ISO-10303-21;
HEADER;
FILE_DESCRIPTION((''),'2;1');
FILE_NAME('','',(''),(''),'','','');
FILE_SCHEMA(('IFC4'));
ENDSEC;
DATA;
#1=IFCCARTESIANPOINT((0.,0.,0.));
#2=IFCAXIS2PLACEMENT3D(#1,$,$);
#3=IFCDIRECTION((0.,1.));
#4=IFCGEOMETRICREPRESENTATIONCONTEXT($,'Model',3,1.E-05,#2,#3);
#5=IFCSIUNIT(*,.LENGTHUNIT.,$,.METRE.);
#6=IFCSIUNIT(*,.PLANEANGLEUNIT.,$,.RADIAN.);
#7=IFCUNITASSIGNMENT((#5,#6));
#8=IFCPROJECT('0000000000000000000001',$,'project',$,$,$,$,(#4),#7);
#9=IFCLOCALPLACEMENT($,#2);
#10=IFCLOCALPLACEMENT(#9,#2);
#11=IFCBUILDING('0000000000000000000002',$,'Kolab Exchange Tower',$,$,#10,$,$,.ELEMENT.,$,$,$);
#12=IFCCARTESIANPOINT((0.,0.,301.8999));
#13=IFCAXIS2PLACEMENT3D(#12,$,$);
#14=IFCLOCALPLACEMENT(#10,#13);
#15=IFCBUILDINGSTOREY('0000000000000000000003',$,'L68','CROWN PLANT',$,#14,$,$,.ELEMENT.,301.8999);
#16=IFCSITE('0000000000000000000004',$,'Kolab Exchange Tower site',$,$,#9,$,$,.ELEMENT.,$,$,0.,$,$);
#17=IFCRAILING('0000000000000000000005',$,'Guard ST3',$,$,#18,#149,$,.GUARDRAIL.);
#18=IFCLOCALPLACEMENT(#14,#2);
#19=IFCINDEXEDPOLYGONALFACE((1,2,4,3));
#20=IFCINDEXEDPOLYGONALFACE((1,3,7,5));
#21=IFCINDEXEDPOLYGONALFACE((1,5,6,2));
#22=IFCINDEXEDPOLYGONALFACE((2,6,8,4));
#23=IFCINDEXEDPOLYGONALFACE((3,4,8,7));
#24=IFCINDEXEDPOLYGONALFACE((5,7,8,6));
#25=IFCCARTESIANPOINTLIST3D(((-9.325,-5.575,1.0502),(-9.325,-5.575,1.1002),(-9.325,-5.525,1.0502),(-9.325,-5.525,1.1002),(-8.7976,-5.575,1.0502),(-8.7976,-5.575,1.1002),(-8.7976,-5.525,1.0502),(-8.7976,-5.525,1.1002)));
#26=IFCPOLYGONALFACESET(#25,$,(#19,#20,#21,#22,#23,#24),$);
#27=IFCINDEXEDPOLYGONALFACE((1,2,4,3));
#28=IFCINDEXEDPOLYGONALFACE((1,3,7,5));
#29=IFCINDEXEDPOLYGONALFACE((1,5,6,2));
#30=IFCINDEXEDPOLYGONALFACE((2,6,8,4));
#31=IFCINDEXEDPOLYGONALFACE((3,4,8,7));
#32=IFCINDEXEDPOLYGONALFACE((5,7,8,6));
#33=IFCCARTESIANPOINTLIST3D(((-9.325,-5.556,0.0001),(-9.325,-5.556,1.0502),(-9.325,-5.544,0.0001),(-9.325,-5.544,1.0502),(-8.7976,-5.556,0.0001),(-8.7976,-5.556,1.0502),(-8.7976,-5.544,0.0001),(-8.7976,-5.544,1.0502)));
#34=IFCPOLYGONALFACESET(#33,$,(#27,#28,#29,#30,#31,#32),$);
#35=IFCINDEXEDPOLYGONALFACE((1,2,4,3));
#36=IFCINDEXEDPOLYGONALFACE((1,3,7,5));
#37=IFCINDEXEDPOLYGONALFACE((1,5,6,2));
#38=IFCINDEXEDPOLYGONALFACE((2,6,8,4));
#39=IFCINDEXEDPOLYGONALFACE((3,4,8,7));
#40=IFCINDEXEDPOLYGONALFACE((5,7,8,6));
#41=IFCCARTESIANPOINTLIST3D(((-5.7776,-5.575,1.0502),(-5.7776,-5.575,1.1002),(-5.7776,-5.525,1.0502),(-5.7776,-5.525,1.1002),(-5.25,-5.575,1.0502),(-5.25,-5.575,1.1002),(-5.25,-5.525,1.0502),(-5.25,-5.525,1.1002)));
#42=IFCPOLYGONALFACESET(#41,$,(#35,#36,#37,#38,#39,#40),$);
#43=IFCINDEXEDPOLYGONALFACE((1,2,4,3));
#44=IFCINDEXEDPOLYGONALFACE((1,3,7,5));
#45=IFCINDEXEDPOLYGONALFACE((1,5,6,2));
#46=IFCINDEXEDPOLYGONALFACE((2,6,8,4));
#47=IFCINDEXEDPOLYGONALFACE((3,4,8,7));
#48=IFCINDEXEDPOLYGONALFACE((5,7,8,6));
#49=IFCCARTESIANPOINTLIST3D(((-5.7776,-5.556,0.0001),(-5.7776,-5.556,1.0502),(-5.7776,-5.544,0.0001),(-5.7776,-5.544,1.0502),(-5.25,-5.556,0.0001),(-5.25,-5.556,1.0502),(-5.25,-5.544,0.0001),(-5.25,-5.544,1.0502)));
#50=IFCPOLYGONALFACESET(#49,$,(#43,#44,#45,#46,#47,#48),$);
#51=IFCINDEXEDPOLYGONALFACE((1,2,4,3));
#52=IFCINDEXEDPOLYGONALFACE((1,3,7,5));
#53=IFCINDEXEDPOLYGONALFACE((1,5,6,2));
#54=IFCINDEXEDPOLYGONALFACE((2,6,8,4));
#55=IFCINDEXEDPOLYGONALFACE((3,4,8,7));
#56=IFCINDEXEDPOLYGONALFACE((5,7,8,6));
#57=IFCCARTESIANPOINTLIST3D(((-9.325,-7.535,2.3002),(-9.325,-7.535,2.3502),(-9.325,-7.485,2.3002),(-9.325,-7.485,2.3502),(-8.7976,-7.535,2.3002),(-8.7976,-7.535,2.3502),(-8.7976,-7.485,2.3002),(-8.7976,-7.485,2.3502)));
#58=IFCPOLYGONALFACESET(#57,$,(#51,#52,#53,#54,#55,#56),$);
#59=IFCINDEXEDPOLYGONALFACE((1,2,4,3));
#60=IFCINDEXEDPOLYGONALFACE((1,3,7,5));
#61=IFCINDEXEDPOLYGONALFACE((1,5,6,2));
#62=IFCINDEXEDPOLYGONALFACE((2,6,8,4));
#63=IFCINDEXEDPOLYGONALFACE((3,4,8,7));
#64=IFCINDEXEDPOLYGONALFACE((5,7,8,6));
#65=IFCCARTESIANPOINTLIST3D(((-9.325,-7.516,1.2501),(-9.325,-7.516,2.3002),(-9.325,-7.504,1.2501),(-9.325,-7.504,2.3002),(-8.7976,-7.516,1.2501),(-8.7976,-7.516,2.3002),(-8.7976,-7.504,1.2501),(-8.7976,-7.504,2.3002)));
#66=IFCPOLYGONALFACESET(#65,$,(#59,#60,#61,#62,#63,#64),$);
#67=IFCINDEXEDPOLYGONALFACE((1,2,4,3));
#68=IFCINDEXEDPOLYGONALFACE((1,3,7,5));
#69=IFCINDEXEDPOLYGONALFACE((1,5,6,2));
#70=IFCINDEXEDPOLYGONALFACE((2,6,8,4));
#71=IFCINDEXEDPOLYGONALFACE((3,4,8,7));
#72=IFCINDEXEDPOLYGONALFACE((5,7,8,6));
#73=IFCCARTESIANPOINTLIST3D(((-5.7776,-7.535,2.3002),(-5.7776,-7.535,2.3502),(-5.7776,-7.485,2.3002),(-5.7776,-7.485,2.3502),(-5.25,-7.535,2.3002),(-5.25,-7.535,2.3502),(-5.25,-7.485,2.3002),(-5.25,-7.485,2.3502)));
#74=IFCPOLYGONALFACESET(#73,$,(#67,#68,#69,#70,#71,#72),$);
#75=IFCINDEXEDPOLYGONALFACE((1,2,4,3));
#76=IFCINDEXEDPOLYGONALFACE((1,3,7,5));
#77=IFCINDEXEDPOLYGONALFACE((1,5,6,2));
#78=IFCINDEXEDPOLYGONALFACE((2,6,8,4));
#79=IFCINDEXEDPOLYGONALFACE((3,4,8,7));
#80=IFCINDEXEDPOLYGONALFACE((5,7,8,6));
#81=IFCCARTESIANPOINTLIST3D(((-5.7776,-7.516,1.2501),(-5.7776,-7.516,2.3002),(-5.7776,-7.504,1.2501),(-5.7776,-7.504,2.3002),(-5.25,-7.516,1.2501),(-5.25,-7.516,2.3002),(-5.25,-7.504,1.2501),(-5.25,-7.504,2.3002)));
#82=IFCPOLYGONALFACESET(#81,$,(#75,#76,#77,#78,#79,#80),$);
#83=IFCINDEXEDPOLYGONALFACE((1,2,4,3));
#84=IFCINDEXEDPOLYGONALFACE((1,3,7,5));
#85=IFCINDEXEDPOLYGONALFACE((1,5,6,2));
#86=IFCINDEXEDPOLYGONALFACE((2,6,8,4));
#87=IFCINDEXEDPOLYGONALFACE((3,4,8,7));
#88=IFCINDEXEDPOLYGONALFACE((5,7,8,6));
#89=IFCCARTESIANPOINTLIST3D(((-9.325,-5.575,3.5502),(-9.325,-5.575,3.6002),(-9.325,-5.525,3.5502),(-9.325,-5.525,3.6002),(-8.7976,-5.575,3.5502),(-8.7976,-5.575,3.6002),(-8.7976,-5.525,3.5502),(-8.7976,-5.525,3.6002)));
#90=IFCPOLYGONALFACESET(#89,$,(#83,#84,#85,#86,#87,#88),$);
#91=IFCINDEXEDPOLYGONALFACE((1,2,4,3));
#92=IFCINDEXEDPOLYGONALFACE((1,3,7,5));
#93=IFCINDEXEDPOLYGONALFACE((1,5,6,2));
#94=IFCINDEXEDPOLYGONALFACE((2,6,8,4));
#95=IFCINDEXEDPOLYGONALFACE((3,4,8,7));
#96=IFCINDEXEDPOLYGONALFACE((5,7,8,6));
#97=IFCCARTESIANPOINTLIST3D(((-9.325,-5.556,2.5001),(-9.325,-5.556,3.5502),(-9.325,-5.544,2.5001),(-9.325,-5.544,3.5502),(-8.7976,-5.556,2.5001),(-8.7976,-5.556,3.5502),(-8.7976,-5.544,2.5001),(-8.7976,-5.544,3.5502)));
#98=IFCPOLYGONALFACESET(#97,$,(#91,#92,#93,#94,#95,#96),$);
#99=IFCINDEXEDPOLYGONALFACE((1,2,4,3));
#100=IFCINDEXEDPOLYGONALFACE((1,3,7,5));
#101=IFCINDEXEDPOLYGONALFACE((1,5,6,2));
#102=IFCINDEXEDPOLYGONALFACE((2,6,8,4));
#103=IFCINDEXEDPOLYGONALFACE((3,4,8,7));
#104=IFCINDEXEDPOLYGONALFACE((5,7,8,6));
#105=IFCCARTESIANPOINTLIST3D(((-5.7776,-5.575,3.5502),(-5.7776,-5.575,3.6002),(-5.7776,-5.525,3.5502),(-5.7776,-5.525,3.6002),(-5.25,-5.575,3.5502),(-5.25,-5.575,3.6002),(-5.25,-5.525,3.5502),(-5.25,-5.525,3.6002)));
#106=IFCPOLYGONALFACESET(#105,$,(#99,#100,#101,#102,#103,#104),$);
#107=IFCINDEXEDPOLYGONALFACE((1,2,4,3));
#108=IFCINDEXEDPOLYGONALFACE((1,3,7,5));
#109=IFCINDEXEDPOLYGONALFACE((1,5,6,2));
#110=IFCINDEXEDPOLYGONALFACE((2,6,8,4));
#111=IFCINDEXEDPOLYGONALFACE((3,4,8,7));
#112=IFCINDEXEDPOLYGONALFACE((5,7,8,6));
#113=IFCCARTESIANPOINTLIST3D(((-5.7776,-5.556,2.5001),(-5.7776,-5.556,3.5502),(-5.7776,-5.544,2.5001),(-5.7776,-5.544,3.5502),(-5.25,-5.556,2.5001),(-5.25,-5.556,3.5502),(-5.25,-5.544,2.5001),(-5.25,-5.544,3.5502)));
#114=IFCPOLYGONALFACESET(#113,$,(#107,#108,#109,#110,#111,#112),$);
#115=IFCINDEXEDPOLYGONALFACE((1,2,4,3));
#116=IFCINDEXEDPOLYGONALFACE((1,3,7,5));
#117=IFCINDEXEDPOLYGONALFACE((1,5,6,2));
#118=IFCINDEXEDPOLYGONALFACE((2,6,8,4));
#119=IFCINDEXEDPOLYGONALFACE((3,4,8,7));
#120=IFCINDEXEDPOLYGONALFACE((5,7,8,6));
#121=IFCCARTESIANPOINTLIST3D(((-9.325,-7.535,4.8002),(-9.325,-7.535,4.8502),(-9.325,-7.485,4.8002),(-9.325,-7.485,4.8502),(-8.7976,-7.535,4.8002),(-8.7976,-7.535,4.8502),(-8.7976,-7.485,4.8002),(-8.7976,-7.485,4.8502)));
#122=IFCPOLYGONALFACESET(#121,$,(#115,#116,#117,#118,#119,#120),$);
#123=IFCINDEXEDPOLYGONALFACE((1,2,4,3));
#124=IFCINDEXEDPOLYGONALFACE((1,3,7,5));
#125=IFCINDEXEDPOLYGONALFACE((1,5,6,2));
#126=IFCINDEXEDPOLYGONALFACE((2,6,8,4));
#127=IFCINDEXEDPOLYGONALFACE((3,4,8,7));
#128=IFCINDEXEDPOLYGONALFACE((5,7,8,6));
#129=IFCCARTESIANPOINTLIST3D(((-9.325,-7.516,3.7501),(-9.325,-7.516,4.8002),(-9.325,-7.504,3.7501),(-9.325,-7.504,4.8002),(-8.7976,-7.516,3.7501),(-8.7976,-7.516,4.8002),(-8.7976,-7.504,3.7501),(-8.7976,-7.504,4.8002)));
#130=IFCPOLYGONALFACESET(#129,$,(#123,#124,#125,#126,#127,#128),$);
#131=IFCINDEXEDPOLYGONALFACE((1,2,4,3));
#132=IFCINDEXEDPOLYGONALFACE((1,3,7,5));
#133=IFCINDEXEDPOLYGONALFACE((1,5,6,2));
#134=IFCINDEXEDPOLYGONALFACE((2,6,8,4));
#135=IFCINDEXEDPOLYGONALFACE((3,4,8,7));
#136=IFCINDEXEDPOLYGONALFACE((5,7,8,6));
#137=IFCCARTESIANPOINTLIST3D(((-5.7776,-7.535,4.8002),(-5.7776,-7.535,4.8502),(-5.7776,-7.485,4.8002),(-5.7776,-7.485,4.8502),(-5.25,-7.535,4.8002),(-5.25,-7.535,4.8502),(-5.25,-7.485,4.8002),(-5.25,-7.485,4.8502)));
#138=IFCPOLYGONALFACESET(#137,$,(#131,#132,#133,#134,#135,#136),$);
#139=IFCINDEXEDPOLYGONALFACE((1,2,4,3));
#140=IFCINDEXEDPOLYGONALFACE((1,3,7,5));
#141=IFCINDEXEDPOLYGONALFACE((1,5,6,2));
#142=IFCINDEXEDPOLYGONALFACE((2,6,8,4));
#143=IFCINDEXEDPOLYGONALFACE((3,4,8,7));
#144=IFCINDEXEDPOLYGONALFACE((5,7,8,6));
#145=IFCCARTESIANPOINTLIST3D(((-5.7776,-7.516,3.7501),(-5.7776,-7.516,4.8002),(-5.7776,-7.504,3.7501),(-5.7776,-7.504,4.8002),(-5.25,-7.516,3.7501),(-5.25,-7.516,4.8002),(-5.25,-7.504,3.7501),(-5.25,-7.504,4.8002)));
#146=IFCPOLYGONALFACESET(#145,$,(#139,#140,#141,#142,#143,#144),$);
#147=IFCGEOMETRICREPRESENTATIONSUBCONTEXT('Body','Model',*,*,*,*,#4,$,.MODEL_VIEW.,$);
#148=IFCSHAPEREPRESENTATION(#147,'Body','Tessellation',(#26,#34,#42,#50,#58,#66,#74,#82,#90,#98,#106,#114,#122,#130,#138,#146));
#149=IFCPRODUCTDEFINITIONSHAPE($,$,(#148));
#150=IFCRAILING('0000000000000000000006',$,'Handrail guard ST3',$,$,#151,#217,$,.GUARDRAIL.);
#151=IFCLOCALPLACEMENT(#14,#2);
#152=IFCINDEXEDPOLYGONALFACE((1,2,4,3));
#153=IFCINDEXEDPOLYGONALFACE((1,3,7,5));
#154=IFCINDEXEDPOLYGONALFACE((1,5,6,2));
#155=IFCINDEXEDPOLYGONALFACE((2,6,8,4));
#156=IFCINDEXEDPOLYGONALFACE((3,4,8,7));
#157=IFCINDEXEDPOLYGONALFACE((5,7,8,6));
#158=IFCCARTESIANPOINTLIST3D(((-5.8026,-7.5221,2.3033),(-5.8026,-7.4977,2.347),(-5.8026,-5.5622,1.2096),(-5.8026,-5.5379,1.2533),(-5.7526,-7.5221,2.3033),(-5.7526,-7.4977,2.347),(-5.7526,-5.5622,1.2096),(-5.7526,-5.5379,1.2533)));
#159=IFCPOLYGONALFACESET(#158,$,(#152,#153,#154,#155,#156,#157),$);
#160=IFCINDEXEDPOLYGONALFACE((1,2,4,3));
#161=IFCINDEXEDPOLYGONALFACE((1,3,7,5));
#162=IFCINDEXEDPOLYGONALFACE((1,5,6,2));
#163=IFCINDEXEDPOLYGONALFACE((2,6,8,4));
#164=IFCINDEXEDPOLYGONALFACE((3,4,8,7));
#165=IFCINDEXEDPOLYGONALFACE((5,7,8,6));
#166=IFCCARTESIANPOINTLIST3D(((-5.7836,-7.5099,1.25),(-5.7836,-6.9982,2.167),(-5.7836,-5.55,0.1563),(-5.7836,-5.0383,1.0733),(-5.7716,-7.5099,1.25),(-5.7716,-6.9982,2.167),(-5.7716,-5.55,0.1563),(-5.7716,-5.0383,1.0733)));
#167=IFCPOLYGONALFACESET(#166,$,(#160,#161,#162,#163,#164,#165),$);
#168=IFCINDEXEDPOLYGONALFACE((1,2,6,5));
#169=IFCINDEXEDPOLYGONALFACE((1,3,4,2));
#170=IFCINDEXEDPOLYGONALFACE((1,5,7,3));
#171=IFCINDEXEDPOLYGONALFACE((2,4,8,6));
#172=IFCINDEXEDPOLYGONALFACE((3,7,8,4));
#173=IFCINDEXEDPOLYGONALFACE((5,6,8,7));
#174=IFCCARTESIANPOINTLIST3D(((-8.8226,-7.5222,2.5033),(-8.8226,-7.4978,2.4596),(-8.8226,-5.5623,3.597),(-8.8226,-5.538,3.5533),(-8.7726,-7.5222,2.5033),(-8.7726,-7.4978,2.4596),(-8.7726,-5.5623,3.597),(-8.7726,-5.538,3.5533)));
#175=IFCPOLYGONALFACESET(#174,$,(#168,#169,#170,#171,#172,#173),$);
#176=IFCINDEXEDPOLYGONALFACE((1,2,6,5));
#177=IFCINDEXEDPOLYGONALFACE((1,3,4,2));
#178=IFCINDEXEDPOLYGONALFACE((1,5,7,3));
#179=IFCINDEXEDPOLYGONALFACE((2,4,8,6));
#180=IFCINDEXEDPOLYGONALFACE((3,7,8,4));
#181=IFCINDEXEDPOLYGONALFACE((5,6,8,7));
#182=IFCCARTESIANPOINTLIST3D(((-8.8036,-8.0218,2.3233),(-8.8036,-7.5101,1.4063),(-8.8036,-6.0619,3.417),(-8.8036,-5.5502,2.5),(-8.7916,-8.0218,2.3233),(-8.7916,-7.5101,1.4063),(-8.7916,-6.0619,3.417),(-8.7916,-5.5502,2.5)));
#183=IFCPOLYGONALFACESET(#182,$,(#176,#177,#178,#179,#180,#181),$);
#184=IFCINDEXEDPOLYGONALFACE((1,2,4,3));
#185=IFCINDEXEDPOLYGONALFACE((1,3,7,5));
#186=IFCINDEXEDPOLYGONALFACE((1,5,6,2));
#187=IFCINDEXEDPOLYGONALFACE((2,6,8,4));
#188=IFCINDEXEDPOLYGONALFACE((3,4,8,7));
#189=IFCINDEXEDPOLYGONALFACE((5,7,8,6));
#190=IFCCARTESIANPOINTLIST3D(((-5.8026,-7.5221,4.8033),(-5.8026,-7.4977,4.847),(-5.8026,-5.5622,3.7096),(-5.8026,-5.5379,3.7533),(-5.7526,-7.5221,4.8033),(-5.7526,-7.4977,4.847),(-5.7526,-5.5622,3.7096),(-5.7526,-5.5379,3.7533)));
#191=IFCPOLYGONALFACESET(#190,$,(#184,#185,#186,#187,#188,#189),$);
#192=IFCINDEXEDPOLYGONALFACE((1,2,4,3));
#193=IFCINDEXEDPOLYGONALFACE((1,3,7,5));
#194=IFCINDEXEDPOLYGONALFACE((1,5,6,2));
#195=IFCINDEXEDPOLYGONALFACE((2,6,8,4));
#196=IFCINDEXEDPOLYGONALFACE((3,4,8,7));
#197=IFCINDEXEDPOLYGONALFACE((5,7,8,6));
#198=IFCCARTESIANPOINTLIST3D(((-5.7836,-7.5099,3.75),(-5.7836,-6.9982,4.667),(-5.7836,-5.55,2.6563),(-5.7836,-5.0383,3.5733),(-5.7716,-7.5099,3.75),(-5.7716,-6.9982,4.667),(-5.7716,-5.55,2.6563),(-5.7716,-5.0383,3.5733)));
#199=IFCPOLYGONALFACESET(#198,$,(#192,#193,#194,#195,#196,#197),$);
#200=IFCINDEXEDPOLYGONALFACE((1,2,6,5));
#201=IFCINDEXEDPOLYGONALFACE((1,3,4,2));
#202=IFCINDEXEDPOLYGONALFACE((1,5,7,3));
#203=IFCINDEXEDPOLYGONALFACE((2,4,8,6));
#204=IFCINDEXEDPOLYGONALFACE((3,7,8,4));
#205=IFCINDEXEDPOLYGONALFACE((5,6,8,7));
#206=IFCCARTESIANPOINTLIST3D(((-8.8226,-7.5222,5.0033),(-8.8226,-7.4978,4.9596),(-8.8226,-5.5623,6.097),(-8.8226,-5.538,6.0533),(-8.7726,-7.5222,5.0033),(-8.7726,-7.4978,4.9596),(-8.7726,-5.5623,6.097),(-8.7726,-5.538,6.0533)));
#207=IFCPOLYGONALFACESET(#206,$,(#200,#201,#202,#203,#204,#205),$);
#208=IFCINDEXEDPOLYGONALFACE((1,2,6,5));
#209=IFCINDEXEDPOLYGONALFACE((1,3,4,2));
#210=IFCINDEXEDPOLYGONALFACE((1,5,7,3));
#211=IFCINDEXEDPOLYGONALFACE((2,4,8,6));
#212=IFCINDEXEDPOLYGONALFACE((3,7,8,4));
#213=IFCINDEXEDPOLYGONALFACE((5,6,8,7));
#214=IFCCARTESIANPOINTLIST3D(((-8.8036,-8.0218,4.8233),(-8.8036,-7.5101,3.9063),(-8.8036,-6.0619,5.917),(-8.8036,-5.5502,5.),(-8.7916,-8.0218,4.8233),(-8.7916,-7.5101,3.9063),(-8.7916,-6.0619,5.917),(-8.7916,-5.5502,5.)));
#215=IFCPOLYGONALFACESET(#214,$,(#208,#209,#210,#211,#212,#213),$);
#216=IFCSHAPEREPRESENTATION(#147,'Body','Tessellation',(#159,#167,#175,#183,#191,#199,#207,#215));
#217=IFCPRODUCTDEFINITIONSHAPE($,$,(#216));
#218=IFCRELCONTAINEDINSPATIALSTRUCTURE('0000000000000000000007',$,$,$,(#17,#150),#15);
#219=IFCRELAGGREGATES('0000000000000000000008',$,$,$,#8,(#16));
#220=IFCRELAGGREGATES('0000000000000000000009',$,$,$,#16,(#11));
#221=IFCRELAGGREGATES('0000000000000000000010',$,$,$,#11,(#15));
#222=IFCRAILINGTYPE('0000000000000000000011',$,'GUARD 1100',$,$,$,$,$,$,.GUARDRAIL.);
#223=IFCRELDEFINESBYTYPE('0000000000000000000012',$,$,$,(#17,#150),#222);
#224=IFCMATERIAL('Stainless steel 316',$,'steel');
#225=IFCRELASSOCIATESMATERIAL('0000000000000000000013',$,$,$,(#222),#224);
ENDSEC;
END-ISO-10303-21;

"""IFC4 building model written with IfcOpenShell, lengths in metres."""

from ifc_helpers import new_model, si_unit, direction, frame, frame_2d, origin, origin_2d, place, context, subcontext, project, spatial, rectangle, extrude, material, type_object, element, save


model = new_model("IFC4")

# Units and contexts
model_context = context("Model", 3, precision=1e-05, world=origin(), true_north=direction((0.0, 1.0)))
body_context = subcontext(model_context, "Body", "Model", "MODEL_VIEW")
ifc_project = project(units=[si_unit("LENGTHUNIT", "METRE"), si_unit("PLANEANGLEUNIT", "RADIAN")], contexts=[model_context])

# Site, building, storey
site_placement = place(None, origin())
site = spatial("IfcSite", under=ifc_project, at=site_placement, Name="Kolab Exchange Tower site", CompositionType="ELEMENT", RefElevation=0.0)
building_placement = place(site_placement, origin())
building = spatial("IfcBuilding", under=site, at=building_placement, Name="Kolab Exchange Tower", CompositionType="ELEMENT")
storey_placement = place(building_placement, frame((0.0, 0.0, 301.8999)))
storey = spatial("IfcBuildingStorey", under=building, at=storey_placement, Name="L68", Description="CROWN PLANT", CompositionType="ELEMENT", Elevation=301.8999)

# Shared definitions
ifc_material_1 = material(Name="Stainless steel 316", Category="steel")

# Railings
railing_type = type_object("IfcRailingType", Name="GUARD 1100", PredefinedType="GUARDRAIL", material=ifc_material_1)
railing_1_placement = place(storey_placement, frame((-9.325, -5.55, 0.0)))
element("IfcRailing", 1, at=railing_1_placement, inside=storey, type_object=railing_type, Name="Guard ST3", PredefinedType="GUARDRAIL", context=body_context, shape_type="SweptSolid", body=[
    extrude(rectangle(XDim=0.05, YDim=0.05, at=origin_2d()), frame((0.0, 0.0, 1.0752), z_axis=(1.0, 0.0, 0.0), x_axis=(0.0, 1.0, 0.0)), (0.0, 0.0, 1.0), 0.5273),
    extrude(rectangle(XDim=0.012, YDim=1.0501, at=frame_2d((0.0, 0.5251))), frame((0.0, 0.0, 0.0), z_axis=(1.0, 0.0, 0.0), x_axis=(0.0, 1.0, 0.0)), (0.0, 0.0, 1.0), 0.5273),
    extrude(rectangle(XDim=0.05, YDim=0.05, at=origin_2d()), frame((3.5474, 0.0, 1.0752), z_axis=(1.0, 0.0, 0.0), x_axis=(0.0, 1.0, 0.0)), (0.0, 0.0, 1.0), 0.5276),
    extrude(rectangle(XDim=0.012, YDim=1.0501, at=frame_2d((0.0, 0.5251))), frame((3.5474, 0.0, 0.0), z_axis=(1.0, 0.0, 0.0), x_axis=(0.0, 1.0, 0.0)), (0.0, 0.0, 1.0), 0.5276),
    extrude(rectangle(XDim=0.05, YDim=0.05, at=origin_2d()), frame((0.0, -1.96, 2.3252), z_axis=(1.0, 0.0, 0.0), x_axis=(0.0, 1.0, 0.0)), (0.0, 0.0, 1.0), 0.5273),
    extrude(rectangle(XDim=0.012, YDim=1.0501, at=frame_2d((0.0, 0.5251))), frame((0.0, -1.96, 1.25), z_axis=(1.0, 0.0, 0.0), x_axis=(0.0, 1.0, 0.0)), (0.0, 0.0, 1.0), 0.5273),
    extrude(rectangle(XDim=0.05, YDim=0.05, at=origin_2d()), frame((3.5474, -1.96, 2.3252), z_axis=(1.0, 0.0, 0.0), x_axis=(0.0, 1.0, 0.0)), (0.0, 0.0, 1.0), 0.5276),
    extrude(rectangle(XDim=0.012, YDim=1.0501, at=frame_2d((0.0, 0.5251))), frame((3.5474, -1.96, 1.25), z_axis=(1.0, 0.0, 0.0), x_axis=(0.0, 1.0, 0.0)), (0.0, 0.0, 1.0), 0.5276),
    extrude(rectangle(XDim=0.05, YDim=0.05, at=origin_2d()), frame((0.0, 0.0, 3.5752), z_axis=(1.0, 0.0, 0.0), x_axis=(0.0, 1.0, 0.0)), (0.0, 0.0, 1.0), 0.5273),
    extrude(rectangle(XDim=0.012, YDim=1.0501, at=frame_2d((0.0, 0.5251))), frame((0.0, 0.0, 2.5), z_axis=(1.0, 0.0, 0.0), x_axis=(0.0, 1.0, 0.0)), (0.0, 0.0, 1.0), 0.5273),
    extrude(rectangle(XDim=0.05, YDim=0.05, at=origin_2d()), frame((3.5474, 0.0, 3.5752), z_axis=(1.0, 0.0, 0.0), x_axis=(0.0, 1.0, 0.0)), (0.0, 0.0, 1.0), 0.5276),
    extrude(rectangle(XDim=0.012, YDim=1.0501, at=frame_2d((0.0, 0.5251))), frame((3.5474, 0.0, 2.5), z_axis=(1.0, 0.0, 0.0), x_axis=(0.0, 1.0, 0.0)), (0.0, 0.0, 1.0), 0.5276),
    extrude(rectangle(XDim=0.05, YDim=0.05, at=origin_2d()), frame((0.0, -1.96, 4.8252), z_axis=(1.0, 0.0, 0.0), x_axis=(0.0, 1.0, 0.0)), (0.0, 0.0, 1.0), 0.5273),
    extrude(rectangle(XDim=0.012, YDim=1.0501, at=frame_2d((0.0, 0.5251))), frame((0.0, -1.96, 3.75), z_axis=(1.0, 0.0, 0.0), x_axis=(0.0, 1.0, 0.0)), (0.0, 0.0, 1.0), 0.5273),
    extrude(rectangle(XDim=0.05, YDim=0.05, at=origin_2d()), frame((3.5474, -1.96, 4.8252), z_axis=(1.0, 0.0, 0.0), x_axis=(0.0, 1.0, 0.0)), (0.0, 0.0, 1.0), 0.5276),
    extrude(rectangle(XDim=0.012, YDim=1.0501, at=frame_2d((0.0, 0.5251))), frame((3.5474, -1.96, 3.75), z_axis=(1.0, 0.0, 0.0), x_axis=(0.0, 1.0, 0.0)), (0.0, 0.0, 1.0), 0.5276),
])
railing_2_placement = place(storey_placement, frame((-5.7776, -5.55, 0.1562)))
element("IfcRailing", 2, at=railing_2_placement, inside=storey, type_object=railing_type, Name="Handrail guard ST3", PredefinedType="GUARDRAIL", context=body_context, shape_type="SweptSolid", body=[
    extrude(rectangle(XDim=0.05, YDim=0.05, at=origin_2d()), frame((0.0, 0.0, 1.0752), z_axis=(0.0, -0.873232, 0.487304), x_axis=(1.0, 0.0, 0.0)), (0.0, 0.0, 1.0), 2.2444),
    extrude(rectangle(XDim=0.012, YDim=1.0501, at=frame_2d((0.0, 0.5251))), frame((0.0, 0.0, 0.0), z_axis=(0.0, -0.873232, 0.487304), x_axis=(1.0, 0.0, 0.0)), (0.0, 0.0, 1.0), 2.2444),
    extrude(rectangle(XDim=0.05, YDim=0.05, at=origin_2d()), frame((-3.02, -1.96, 2.3252), z_axis=(0.0, 0.873232, 0.487304), x_axis=(-1.0, 0.0, 0.0)), (0.0, 0.0, 1.0), 2.2444),
    extrude(rectangle(XDim=0.012, YDim=1.0501, at=frame_2d((0.0, 0.5251))), frame((-3.02, -1.96, 1.25), z_axis=(0.0, 0.873232, 0.487304), x_axis=(-1.0, 0.0, 0.0)), (0.0, 0.0, 1.0), 2.2444),
    extrude(rectangle(XDim=0.05, YDim=0.05, at=origin_2d()), frame((0.0, 0.0, 3.5752), z_axis=(0.0, -0.873232, 0.487304), x_axis=(1.0, 0.0, 0.0)), (0.0, 0.0, 1.0), 2.2444),
    extrude(rectangle(XDim=0.012, YDim=1.0501, at=frame_2d((0.0, 0.5251))), frame((0.0, 0.0, 2.5), z_axis=(0.0, -0.873232, 0.487304), x_axis=(1.0, 0.0, 0.0)), (0.0, 0.0, 1.0), 2.2444),
    extrude(rectangle(XDim=0.05, YDim=0.05, at=origin_2d()), frame((-3.02, -1.96, 4.8252), z_axis=(0.0, 0.873232, 0.487304), x_axis=(-1.0, 0.0, 0.0)), (0.0, 0.0, 1.0), 2.2444),
    extrude(rectangle(XDim=0.012, YDim=1.0501, at=frame_2d((0.0, 0.5251))), frame((-3.02, -1.96, 3.75), z_axis=(0.0, 0.873232, 0.487304), x_axis=(-1.0, 0.0, 0.0)), (0.0, 0.0, 1.0), 2.2444),
])

save(model, "model.ifc")
